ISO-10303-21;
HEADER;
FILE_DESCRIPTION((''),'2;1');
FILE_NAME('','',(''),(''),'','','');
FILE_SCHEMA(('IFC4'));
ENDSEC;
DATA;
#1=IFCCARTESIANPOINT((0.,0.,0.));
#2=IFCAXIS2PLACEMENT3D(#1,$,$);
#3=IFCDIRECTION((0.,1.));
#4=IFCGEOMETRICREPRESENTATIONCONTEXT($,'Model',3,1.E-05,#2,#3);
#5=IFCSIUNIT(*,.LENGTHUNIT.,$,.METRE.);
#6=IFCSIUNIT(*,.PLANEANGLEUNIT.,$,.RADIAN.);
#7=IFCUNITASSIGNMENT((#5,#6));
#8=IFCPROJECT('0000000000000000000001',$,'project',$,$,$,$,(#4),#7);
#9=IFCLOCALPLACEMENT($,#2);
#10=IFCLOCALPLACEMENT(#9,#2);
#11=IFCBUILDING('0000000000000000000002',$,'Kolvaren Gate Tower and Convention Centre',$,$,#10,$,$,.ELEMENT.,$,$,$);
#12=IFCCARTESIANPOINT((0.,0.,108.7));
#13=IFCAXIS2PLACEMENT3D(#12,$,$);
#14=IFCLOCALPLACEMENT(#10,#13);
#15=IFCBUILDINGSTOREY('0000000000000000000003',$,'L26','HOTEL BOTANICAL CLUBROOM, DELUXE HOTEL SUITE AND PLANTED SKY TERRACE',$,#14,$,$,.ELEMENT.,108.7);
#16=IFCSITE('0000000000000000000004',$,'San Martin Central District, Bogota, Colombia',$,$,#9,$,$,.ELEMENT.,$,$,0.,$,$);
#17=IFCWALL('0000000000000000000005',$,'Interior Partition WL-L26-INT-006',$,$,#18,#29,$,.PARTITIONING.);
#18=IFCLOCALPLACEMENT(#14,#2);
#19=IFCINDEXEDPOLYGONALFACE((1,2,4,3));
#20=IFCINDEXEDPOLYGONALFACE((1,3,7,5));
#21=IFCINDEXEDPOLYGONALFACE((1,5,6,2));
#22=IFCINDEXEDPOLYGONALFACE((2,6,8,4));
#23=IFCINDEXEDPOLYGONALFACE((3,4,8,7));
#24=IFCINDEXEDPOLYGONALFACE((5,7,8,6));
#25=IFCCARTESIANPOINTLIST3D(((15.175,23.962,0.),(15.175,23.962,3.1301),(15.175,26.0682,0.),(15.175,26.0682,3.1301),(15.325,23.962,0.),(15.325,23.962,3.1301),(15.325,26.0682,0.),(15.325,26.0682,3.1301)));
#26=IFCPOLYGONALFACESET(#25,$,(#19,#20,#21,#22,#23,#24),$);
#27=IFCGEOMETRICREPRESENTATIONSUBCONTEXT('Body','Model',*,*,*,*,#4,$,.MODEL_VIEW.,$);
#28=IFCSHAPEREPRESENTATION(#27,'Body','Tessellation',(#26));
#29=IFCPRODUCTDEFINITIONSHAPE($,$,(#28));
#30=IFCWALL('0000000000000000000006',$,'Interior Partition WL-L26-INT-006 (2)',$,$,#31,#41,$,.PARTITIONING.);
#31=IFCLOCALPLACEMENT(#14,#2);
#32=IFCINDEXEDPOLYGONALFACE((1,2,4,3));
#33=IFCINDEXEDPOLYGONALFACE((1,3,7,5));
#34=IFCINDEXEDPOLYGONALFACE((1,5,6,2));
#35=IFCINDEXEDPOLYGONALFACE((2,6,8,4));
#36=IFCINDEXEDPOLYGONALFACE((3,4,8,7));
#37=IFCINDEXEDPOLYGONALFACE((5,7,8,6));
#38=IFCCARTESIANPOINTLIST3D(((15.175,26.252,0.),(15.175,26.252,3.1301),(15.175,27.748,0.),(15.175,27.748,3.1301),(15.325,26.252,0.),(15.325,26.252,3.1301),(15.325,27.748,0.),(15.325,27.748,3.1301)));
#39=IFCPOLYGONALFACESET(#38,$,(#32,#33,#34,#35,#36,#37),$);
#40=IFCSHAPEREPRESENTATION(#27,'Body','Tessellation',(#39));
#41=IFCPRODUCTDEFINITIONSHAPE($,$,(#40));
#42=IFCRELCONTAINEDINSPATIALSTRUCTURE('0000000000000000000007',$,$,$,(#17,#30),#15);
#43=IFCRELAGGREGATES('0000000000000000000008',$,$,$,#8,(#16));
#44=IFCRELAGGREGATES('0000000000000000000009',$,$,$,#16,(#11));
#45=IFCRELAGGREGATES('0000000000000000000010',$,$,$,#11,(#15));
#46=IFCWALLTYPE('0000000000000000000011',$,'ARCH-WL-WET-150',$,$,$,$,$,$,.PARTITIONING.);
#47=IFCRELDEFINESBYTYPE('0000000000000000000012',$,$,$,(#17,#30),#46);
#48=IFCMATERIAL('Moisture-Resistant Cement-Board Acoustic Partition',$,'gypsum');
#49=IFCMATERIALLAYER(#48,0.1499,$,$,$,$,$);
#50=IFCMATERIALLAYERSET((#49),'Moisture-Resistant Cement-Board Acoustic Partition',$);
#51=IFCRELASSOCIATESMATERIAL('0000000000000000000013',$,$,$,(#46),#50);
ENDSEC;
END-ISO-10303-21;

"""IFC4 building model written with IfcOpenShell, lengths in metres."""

from ifc_helpers import new_model, si_unit, direction, frame, frame_2d, origin, place, context, subcontext, project, spatial, rectangle, extrude, material, layer, layer_set, type_object, element, save


model = new_model("IFC4")

# Units and contexts
model_context = context("Model", 3, precision=1e-05, world=origin(), true_north=direction((0.0, 1.0)))
body_context = subcontext(model_context, "Body", "Model", "MODEL_VIEW")
ifc_project = project(units=[si_unit("LENGTHUNIT", "METRE"), si_unit("PLANEANGLEUNIT", "RADIAN")], contexts=[model_context])

# Site, building, storey
site_placement = place(None, origin())
site = spatial("IfcSite", under=ifc_project, at=site_placement, Name="San Martin Central District, Bogota, Colombia", CompositionType="ELEMENT", RefElevation=0.0)
building_placement = place(site_placement, origin())
building = spatial("IfcBuilding", under=site, at=building_placement, Name="Kolvaren Gate Tower and Convention Centre", CompositionType="ELEMENT")
storey_placement = place(building_placement, frame((0.0, 0.0, 108.7)))
storey = spatial("IfcBuildingStorey", under=building, at=storey_placement, Name="L26", Description="HOTEL BOTANICAL CLUBROOM, DELUXE HOTEL SUITE AND PLANTED SKY TERRACE", CompositionType="ELEMENT", Elevation=108.7)

# Walls
ifc_material_1 = material(Name="Moisture-Resistant Cement-Board Acoustic Partition", Category="gypsum")
ifc_layer_1 = layer(ifc_material_1, 0.1499)
ifc_layer_set_1 = layer_set([ifc_layer_1], Name="Moisture-Resistant Cement-Board Acoustic Partition")
wall_type_1 = type_object("IfcWallType", Name="ARCH-WL-WET-150", PredefinedType="PARTITIONING", material=ifc_layer_set_1)
wall_1_placement = place(storey_placement, frame((15.25, 23.9619, 0.0), z_axis=(0.0, 0.0, 1.0), x_axis=(0.0, 1.0, 0.0)))
element("IfcWall", 1, at=wall_1_placement, inside=storey, type_object=wall_type_1, Name="Interior Partition WL-L26-INT-006", PredefinedType="PARTITIONING", context=body_context, shape_type="SweptSolid", body=[
    extrude(rectangle(XDim=2.1062, YDim=0.1499, at=frame_2d((1.0532, 0.0))), origin(), (0.0, 0.0, 1.0), 3.1301),
])
wall_2_placement = place(storey_placement, frame((15.25, 26.252, 0.0), z_axis=(0.0, 0.0, 1.0), x_axis=(0.0, 1.0, 0.0)))
element("IfcWall", 2, at=wall_2_placement, inside=storey, type_object=wall_type_1, Name="Interior Partition WL-L26-INT-006 (2)", PredefinedType="PARTITIONING", context=body_context, shape_type="SweptSolid", body=[
    extrude(rectangle(XDim=1.4961, YDim=0.1499, at=frame_2d((0.748, 0.0))), origin(), (0.0, 0.0, 1.0), 3.1301),
])

save(model, "model.ifc")
